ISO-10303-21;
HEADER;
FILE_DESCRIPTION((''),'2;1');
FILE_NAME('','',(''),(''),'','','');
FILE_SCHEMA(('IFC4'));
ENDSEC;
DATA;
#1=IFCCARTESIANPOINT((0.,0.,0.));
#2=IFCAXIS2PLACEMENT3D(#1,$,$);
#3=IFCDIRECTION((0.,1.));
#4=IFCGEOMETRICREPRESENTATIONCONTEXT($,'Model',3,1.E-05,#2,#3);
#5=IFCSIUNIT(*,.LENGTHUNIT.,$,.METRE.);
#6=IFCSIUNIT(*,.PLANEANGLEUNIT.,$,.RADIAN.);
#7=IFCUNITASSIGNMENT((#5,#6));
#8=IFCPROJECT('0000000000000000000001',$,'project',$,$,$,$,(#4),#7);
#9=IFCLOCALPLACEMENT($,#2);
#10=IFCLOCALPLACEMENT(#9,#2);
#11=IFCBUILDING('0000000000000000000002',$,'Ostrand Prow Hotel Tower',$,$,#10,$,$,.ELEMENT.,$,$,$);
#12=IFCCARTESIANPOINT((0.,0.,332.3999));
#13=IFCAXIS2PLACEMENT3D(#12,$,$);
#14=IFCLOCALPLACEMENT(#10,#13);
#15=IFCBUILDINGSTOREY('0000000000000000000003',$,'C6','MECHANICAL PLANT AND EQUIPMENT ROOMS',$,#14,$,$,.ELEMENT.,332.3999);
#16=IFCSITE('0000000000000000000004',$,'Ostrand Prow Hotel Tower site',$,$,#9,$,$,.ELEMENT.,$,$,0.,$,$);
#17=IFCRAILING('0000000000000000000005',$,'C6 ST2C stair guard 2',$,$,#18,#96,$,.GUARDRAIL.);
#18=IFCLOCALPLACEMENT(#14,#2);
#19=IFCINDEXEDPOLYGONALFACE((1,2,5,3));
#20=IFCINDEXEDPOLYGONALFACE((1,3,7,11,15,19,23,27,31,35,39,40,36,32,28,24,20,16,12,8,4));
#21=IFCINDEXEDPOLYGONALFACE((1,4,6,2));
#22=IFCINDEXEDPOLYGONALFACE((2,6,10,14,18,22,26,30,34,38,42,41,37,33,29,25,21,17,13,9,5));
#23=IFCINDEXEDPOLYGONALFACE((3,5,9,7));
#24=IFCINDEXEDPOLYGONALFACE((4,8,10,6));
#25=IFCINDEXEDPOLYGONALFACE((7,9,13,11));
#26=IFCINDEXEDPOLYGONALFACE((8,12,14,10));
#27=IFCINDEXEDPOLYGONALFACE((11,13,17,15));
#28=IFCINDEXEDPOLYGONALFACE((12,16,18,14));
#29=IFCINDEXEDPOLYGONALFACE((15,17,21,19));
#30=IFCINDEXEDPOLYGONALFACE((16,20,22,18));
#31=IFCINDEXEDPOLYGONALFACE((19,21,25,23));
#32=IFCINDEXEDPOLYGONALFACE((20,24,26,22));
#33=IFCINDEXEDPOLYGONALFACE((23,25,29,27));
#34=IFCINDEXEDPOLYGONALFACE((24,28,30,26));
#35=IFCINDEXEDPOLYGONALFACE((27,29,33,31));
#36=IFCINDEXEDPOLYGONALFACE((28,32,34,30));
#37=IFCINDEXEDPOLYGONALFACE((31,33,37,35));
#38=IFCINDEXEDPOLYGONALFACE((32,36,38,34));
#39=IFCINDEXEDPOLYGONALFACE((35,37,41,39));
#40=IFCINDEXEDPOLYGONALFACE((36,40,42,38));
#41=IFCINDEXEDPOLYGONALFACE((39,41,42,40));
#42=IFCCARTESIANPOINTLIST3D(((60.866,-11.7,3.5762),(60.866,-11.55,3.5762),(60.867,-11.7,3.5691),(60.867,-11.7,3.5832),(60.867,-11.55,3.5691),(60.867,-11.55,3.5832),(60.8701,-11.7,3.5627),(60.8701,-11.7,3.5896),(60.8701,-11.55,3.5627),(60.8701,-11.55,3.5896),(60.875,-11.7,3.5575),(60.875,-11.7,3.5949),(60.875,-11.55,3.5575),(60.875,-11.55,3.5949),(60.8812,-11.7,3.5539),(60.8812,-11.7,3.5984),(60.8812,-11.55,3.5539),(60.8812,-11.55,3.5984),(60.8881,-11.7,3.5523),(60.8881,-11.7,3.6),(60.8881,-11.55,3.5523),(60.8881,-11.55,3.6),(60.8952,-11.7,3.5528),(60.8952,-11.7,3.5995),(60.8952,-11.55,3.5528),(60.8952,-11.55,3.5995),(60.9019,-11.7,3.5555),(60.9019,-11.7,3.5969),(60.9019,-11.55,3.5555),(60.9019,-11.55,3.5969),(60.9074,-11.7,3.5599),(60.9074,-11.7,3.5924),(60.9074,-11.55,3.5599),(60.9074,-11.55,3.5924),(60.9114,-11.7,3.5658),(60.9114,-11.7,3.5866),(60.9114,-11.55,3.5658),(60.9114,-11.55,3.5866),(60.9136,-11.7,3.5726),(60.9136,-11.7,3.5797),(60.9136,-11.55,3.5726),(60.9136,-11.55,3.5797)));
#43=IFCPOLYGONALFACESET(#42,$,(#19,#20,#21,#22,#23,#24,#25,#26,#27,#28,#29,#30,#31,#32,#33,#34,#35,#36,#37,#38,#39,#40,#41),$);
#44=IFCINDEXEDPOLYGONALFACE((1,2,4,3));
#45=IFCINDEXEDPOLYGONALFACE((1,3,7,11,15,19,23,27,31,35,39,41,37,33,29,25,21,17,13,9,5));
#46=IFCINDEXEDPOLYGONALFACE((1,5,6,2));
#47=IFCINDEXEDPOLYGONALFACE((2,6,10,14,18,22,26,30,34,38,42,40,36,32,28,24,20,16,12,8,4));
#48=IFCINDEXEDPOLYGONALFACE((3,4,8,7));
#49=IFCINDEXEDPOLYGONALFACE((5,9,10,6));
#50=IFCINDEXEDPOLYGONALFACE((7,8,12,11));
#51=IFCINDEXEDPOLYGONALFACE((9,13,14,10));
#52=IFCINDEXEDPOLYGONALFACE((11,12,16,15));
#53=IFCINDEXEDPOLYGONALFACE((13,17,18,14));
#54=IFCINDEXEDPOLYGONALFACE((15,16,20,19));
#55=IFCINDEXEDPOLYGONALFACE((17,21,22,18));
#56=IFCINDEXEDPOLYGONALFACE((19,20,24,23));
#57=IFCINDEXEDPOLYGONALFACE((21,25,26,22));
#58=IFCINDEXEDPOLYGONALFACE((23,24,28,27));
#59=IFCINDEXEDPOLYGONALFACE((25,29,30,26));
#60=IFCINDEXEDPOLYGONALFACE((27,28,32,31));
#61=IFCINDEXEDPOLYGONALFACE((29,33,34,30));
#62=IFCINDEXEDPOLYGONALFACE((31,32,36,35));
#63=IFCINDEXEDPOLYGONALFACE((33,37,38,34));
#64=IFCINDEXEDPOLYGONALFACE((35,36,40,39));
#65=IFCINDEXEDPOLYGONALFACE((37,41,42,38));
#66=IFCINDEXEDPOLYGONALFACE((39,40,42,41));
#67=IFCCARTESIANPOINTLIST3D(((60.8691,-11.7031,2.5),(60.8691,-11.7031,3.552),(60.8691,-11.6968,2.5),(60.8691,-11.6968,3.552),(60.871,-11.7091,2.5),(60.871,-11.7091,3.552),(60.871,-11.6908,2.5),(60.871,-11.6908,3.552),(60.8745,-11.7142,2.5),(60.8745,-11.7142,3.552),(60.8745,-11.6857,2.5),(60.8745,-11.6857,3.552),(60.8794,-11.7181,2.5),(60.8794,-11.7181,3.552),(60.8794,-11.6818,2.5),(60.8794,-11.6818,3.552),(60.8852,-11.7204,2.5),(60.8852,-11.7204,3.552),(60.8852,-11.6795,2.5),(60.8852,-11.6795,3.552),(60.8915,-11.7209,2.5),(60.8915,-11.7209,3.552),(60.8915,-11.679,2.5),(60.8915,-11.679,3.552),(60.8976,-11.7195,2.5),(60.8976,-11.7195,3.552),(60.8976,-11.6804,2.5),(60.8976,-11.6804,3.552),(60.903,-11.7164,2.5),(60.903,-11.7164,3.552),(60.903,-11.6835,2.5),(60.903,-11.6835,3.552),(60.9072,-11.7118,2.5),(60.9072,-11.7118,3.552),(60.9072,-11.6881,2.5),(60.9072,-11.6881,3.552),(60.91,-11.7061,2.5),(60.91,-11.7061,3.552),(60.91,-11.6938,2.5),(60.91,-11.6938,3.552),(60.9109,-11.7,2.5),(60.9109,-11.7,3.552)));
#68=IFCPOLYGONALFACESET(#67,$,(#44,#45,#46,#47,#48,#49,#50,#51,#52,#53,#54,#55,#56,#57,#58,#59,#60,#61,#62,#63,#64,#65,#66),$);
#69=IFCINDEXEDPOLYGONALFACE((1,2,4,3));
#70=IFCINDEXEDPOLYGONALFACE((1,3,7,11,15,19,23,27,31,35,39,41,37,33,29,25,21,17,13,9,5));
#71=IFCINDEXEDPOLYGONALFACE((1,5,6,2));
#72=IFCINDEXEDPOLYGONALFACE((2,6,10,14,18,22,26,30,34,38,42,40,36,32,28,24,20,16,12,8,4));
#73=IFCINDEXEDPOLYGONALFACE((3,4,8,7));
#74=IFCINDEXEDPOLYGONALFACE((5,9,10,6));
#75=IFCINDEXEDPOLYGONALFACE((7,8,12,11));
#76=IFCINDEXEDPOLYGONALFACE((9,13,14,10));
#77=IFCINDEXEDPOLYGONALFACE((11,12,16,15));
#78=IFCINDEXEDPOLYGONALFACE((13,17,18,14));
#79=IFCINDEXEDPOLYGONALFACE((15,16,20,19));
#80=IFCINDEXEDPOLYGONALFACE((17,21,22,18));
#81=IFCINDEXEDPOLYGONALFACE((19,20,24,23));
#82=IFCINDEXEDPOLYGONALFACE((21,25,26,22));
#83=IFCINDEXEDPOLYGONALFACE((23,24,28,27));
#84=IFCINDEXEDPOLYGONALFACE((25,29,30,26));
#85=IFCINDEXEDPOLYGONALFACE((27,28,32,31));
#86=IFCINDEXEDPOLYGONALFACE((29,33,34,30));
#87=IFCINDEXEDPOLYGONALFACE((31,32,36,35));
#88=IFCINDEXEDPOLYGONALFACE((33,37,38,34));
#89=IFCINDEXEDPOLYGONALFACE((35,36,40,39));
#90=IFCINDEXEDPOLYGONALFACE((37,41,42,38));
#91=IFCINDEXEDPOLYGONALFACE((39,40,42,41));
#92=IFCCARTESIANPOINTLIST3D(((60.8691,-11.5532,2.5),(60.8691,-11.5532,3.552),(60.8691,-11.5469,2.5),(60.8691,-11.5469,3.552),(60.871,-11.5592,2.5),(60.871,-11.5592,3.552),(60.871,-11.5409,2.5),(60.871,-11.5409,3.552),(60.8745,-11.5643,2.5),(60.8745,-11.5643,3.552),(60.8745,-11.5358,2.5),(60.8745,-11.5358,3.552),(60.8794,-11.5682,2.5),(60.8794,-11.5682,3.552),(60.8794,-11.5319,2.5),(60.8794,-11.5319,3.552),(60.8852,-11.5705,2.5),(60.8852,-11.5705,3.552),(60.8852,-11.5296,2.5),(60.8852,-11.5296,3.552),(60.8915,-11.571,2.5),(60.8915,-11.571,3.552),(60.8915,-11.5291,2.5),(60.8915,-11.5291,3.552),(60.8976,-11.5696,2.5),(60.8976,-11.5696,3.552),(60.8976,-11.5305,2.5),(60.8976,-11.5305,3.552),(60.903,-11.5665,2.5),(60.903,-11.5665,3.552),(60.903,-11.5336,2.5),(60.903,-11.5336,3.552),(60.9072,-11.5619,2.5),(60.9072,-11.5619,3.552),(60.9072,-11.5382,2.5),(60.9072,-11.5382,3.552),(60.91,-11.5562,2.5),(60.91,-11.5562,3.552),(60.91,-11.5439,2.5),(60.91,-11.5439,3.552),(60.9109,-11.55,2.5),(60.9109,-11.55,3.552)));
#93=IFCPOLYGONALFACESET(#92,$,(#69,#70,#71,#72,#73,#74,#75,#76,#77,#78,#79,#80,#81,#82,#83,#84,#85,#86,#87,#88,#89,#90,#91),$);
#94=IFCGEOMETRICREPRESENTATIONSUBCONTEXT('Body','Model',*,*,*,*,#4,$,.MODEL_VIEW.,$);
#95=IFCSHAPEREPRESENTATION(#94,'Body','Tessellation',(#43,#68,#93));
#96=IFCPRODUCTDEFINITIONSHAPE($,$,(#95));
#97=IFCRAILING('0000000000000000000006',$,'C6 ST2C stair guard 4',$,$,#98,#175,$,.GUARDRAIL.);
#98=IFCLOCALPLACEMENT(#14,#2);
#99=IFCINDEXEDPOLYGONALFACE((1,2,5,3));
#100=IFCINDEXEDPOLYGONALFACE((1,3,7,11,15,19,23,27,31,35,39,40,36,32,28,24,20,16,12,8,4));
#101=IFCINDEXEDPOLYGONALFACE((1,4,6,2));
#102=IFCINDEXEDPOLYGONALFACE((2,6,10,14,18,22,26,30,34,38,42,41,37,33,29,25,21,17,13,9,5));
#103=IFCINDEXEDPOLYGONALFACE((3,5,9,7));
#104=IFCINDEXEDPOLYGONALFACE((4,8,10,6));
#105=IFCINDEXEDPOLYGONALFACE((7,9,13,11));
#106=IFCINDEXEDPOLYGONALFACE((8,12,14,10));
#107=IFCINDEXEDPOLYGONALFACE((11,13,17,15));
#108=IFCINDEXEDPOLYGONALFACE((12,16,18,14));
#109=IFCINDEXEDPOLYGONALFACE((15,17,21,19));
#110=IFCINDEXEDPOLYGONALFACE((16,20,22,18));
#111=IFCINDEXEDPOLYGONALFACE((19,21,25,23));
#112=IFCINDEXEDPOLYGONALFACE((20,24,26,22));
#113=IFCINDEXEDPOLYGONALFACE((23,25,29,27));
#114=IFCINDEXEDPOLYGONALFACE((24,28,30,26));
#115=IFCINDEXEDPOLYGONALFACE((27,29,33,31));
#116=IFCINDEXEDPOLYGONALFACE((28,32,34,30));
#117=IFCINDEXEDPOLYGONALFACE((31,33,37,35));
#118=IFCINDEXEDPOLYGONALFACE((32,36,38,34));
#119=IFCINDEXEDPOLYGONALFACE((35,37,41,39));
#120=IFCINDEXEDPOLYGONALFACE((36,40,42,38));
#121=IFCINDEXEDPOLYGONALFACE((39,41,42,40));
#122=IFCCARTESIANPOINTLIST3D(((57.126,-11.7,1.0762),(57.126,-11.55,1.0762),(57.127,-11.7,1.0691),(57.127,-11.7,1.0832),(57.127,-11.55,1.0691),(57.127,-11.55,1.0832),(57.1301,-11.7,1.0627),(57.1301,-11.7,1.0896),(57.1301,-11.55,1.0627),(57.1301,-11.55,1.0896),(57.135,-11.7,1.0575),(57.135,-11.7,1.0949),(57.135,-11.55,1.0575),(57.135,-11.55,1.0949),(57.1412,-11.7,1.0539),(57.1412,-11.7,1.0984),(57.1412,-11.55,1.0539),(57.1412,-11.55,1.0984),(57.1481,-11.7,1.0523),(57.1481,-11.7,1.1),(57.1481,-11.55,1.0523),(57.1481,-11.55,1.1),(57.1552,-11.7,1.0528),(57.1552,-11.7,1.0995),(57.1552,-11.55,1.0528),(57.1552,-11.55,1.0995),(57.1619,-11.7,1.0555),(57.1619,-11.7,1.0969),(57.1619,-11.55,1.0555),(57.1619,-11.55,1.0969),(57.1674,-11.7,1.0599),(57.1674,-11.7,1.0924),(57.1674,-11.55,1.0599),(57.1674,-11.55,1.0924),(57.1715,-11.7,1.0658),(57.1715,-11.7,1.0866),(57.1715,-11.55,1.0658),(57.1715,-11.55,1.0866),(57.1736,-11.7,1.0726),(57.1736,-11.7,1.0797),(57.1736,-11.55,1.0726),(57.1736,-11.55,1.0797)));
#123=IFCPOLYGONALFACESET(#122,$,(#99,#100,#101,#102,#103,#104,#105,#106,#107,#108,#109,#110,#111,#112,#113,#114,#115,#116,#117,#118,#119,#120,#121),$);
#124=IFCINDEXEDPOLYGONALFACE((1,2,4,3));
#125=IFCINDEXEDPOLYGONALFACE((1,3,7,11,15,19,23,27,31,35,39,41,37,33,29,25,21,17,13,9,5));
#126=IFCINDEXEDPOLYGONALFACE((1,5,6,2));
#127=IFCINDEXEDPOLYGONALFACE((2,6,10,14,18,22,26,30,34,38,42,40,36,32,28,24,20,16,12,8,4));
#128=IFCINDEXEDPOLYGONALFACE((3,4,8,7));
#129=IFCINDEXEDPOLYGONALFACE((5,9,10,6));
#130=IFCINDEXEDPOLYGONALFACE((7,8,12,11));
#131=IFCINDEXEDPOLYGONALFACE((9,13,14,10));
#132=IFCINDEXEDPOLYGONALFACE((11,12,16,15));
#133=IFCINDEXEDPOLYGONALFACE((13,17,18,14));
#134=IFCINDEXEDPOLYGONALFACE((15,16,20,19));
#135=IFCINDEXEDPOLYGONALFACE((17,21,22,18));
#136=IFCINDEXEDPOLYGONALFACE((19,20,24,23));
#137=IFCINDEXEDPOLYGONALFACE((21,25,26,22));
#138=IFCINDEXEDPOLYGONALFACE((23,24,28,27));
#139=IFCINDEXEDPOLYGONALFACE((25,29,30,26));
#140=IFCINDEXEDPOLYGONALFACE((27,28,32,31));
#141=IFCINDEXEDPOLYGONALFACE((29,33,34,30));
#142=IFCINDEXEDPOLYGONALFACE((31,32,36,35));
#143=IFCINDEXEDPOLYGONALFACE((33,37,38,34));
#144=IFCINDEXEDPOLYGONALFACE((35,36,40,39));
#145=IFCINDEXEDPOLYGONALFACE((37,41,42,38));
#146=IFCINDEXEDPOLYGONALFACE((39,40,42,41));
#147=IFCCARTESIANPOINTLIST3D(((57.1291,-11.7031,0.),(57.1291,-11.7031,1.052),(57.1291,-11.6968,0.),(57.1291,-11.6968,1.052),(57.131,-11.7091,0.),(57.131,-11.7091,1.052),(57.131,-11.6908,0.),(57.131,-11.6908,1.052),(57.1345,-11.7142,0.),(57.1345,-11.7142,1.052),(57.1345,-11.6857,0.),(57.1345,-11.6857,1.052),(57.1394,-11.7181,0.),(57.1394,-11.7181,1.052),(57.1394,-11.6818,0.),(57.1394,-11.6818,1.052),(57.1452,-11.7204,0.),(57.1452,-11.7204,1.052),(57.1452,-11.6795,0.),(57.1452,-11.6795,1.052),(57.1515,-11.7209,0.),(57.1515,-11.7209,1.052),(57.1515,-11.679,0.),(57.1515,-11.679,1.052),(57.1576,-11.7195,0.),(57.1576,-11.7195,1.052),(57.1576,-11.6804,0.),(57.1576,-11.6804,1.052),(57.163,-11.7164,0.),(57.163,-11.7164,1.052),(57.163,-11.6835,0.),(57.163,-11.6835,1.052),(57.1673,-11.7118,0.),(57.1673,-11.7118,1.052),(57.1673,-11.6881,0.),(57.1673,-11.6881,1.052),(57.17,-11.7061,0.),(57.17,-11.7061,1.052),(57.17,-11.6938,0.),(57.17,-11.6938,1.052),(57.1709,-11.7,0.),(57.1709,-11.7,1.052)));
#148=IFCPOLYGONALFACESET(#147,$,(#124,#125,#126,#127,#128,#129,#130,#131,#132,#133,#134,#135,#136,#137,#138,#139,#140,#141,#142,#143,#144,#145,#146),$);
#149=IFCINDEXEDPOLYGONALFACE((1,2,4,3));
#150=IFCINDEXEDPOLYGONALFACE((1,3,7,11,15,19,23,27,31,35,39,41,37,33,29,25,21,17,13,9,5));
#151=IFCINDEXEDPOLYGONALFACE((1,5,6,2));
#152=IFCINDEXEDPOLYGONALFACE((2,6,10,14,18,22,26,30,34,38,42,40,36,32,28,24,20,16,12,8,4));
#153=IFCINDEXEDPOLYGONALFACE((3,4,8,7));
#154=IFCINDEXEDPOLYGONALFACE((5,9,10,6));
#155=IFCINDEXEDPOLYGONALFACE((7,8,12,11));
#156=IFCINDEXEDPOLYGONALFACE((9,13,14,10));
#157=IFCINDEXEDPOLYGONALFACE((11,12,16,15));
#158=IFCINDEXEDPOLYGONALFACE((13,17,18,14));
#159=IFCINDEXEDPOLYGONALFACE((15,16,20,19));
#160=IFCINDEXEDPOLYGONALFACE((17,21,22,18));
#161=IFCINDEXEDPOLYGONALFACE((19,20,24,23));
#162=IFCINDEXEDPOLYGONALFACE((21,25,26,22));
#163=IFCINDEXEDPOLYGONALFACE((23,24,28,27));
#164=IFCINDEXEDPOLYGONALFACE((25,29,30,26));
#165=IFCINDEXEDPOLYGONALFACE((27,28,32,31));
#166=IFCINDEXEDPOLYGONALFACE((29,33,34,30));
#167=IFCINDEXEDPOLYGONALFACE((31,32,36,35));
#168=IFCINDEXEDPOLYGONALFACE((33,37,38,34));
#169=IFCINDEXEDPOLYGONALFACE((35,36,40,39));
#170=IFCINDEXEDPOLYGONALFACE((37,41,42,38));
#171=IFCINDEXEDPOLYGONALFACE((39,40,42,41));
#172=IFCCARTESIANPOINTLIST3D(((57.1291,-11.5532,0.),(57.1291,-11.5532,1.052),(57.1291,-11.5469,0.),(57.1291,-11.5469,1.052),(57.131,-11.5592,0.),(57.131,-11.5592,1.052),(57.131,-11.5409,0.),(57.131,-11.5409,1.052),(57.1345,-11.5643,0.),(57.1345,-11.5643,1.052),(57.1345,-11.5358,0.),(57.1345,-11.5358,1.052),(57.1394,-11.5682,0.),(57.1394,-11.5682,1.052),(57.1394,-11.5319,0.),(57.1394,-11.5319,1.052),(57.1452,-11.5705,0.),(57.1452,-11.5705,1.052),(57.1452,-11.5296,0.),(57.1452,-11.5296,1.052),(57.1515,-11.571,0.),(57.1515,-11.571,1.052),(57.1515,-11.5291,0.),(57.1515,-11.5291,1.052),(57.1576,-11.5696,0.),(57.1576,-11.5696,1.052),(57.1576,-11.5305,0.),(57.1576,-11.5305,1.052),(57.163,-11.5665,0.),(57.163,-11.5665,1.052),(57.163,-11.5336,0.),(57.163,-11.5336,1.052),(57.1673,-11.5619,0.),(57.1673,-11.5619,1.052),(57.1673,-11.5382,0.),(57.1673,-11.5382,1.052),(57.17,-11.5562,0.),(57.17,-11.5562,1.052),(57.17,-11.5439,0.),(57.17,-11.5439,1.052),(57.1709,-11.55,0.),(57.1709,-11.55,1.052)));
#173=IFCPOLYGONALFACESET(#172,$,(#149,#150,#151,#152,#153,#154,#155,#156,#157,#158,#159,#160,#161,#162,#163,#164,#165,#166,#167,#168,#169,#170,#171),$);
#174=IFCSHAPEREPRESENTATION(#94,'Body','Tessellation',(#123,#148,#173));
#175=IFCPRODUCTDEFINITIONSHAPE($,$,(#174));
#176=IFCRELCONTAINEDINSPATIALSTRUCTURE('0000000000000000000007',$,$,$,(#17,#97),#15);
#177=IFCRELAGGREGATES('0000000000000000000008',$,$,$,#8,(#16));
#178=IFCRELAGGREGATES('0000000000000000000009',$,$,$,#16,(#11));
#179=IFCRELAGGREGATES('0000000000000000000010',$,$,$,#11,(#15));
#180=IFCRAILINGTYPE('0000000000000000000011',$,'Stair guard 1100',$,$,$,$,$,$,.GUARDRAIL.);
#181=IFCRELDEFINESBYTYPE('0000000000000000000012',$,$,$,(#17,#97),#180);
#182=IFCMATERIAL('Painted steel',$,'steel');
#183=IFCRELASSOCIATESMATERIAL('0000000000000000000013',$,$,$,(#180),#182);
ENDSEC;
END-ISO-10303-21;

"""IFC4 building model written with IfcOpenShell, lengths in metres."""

from ifc_helpers import new_model, si_unit, direction, frame, origin, origin_2d, place, context, subcontext, project, spatial, circle, extrude, material, type_object, element, save


model = new_model("IFC4")

# Units and contexts
model_context = context("Model", 3, precision=1e-05, world=origin(), true_north=direction((0.0, 1.0)))
body_context = subcontext(model_context, "Body", "Model", "MODEL_VIEW")
ifc_project = project(units=[si_unit("LENGTHUNIT", "METRE"), si_unit("PLANEANGLEUNIT", "RADIAN")], contexts=[model_context])

# Site, building, storey
site_placement = place(None, origin())
site = spatial("IfcSite", under=ifc_project, at=site_placement, Name="Ostrand Prow Hotel Tower site", CompositionType="ELEMENT", RefElevation=0.0)
building_placement = place(site_placement, origin())
building = spatial("IfcBuilding", under=site, at=building_placement, Name="Ostrand Prow Hotel Tower", CompositionType="ELEMENT")
storey_placement = place(building_placement, frame((0.0, 0.0, 332.3999)))
storey = spatial("IfcBuildingStorey", under=building, at=storey_placement, Name="C6", Description="MECHANICAL PLANT AND EQUIPMENT ROOMS", CompositionType="ELEMENT", Elevation=332.3999)

# Railings
ifc_material_1 = material(Name="Painted steel", Category="steel")
railing_type_1 = type_object("IfcRailingType", Name="Stair guard 1100", PredefinedType="GUARDRAIL", material=ifc_material_1)
for number, where, name in (
    (1, (60.8899, -11.7, 2.5), "C6 ST2C stair guard 2"),
    (2, (57.1499, -11.7, 0.0), "C6 ST2C stair guard 4"),
):
    element("IfcRailing", number, at=place(storey_placement, frame(where)), inside=storey, type_object=railing_type_1, Name=name, PredefinedType="GUARDRAIL", context=body_context, shape_type="SweptSolid", body=[
        extrude(circle(Radius=0.0239, at=origin_2d()), frame((0.0, 0.0, 1.0762), z_axis=(0.0, 1.0, 0.0), x_axis=(-1.0, 0.0, 0.0)), (0.0, 0.0, 1.0), 0.1499),
        extrude(circle(Radius=0.021, at=origin_2d()), origin(), (0.0, 0.0, 1.0), 1.052),
        extrude(circle(Radius=0.021, at=origin_2d()), frame((0.0, 0.1499, 0.0)), (0.0, 0.0, 1.0), 1.052),
    ])

save(model, "model.ifc")
